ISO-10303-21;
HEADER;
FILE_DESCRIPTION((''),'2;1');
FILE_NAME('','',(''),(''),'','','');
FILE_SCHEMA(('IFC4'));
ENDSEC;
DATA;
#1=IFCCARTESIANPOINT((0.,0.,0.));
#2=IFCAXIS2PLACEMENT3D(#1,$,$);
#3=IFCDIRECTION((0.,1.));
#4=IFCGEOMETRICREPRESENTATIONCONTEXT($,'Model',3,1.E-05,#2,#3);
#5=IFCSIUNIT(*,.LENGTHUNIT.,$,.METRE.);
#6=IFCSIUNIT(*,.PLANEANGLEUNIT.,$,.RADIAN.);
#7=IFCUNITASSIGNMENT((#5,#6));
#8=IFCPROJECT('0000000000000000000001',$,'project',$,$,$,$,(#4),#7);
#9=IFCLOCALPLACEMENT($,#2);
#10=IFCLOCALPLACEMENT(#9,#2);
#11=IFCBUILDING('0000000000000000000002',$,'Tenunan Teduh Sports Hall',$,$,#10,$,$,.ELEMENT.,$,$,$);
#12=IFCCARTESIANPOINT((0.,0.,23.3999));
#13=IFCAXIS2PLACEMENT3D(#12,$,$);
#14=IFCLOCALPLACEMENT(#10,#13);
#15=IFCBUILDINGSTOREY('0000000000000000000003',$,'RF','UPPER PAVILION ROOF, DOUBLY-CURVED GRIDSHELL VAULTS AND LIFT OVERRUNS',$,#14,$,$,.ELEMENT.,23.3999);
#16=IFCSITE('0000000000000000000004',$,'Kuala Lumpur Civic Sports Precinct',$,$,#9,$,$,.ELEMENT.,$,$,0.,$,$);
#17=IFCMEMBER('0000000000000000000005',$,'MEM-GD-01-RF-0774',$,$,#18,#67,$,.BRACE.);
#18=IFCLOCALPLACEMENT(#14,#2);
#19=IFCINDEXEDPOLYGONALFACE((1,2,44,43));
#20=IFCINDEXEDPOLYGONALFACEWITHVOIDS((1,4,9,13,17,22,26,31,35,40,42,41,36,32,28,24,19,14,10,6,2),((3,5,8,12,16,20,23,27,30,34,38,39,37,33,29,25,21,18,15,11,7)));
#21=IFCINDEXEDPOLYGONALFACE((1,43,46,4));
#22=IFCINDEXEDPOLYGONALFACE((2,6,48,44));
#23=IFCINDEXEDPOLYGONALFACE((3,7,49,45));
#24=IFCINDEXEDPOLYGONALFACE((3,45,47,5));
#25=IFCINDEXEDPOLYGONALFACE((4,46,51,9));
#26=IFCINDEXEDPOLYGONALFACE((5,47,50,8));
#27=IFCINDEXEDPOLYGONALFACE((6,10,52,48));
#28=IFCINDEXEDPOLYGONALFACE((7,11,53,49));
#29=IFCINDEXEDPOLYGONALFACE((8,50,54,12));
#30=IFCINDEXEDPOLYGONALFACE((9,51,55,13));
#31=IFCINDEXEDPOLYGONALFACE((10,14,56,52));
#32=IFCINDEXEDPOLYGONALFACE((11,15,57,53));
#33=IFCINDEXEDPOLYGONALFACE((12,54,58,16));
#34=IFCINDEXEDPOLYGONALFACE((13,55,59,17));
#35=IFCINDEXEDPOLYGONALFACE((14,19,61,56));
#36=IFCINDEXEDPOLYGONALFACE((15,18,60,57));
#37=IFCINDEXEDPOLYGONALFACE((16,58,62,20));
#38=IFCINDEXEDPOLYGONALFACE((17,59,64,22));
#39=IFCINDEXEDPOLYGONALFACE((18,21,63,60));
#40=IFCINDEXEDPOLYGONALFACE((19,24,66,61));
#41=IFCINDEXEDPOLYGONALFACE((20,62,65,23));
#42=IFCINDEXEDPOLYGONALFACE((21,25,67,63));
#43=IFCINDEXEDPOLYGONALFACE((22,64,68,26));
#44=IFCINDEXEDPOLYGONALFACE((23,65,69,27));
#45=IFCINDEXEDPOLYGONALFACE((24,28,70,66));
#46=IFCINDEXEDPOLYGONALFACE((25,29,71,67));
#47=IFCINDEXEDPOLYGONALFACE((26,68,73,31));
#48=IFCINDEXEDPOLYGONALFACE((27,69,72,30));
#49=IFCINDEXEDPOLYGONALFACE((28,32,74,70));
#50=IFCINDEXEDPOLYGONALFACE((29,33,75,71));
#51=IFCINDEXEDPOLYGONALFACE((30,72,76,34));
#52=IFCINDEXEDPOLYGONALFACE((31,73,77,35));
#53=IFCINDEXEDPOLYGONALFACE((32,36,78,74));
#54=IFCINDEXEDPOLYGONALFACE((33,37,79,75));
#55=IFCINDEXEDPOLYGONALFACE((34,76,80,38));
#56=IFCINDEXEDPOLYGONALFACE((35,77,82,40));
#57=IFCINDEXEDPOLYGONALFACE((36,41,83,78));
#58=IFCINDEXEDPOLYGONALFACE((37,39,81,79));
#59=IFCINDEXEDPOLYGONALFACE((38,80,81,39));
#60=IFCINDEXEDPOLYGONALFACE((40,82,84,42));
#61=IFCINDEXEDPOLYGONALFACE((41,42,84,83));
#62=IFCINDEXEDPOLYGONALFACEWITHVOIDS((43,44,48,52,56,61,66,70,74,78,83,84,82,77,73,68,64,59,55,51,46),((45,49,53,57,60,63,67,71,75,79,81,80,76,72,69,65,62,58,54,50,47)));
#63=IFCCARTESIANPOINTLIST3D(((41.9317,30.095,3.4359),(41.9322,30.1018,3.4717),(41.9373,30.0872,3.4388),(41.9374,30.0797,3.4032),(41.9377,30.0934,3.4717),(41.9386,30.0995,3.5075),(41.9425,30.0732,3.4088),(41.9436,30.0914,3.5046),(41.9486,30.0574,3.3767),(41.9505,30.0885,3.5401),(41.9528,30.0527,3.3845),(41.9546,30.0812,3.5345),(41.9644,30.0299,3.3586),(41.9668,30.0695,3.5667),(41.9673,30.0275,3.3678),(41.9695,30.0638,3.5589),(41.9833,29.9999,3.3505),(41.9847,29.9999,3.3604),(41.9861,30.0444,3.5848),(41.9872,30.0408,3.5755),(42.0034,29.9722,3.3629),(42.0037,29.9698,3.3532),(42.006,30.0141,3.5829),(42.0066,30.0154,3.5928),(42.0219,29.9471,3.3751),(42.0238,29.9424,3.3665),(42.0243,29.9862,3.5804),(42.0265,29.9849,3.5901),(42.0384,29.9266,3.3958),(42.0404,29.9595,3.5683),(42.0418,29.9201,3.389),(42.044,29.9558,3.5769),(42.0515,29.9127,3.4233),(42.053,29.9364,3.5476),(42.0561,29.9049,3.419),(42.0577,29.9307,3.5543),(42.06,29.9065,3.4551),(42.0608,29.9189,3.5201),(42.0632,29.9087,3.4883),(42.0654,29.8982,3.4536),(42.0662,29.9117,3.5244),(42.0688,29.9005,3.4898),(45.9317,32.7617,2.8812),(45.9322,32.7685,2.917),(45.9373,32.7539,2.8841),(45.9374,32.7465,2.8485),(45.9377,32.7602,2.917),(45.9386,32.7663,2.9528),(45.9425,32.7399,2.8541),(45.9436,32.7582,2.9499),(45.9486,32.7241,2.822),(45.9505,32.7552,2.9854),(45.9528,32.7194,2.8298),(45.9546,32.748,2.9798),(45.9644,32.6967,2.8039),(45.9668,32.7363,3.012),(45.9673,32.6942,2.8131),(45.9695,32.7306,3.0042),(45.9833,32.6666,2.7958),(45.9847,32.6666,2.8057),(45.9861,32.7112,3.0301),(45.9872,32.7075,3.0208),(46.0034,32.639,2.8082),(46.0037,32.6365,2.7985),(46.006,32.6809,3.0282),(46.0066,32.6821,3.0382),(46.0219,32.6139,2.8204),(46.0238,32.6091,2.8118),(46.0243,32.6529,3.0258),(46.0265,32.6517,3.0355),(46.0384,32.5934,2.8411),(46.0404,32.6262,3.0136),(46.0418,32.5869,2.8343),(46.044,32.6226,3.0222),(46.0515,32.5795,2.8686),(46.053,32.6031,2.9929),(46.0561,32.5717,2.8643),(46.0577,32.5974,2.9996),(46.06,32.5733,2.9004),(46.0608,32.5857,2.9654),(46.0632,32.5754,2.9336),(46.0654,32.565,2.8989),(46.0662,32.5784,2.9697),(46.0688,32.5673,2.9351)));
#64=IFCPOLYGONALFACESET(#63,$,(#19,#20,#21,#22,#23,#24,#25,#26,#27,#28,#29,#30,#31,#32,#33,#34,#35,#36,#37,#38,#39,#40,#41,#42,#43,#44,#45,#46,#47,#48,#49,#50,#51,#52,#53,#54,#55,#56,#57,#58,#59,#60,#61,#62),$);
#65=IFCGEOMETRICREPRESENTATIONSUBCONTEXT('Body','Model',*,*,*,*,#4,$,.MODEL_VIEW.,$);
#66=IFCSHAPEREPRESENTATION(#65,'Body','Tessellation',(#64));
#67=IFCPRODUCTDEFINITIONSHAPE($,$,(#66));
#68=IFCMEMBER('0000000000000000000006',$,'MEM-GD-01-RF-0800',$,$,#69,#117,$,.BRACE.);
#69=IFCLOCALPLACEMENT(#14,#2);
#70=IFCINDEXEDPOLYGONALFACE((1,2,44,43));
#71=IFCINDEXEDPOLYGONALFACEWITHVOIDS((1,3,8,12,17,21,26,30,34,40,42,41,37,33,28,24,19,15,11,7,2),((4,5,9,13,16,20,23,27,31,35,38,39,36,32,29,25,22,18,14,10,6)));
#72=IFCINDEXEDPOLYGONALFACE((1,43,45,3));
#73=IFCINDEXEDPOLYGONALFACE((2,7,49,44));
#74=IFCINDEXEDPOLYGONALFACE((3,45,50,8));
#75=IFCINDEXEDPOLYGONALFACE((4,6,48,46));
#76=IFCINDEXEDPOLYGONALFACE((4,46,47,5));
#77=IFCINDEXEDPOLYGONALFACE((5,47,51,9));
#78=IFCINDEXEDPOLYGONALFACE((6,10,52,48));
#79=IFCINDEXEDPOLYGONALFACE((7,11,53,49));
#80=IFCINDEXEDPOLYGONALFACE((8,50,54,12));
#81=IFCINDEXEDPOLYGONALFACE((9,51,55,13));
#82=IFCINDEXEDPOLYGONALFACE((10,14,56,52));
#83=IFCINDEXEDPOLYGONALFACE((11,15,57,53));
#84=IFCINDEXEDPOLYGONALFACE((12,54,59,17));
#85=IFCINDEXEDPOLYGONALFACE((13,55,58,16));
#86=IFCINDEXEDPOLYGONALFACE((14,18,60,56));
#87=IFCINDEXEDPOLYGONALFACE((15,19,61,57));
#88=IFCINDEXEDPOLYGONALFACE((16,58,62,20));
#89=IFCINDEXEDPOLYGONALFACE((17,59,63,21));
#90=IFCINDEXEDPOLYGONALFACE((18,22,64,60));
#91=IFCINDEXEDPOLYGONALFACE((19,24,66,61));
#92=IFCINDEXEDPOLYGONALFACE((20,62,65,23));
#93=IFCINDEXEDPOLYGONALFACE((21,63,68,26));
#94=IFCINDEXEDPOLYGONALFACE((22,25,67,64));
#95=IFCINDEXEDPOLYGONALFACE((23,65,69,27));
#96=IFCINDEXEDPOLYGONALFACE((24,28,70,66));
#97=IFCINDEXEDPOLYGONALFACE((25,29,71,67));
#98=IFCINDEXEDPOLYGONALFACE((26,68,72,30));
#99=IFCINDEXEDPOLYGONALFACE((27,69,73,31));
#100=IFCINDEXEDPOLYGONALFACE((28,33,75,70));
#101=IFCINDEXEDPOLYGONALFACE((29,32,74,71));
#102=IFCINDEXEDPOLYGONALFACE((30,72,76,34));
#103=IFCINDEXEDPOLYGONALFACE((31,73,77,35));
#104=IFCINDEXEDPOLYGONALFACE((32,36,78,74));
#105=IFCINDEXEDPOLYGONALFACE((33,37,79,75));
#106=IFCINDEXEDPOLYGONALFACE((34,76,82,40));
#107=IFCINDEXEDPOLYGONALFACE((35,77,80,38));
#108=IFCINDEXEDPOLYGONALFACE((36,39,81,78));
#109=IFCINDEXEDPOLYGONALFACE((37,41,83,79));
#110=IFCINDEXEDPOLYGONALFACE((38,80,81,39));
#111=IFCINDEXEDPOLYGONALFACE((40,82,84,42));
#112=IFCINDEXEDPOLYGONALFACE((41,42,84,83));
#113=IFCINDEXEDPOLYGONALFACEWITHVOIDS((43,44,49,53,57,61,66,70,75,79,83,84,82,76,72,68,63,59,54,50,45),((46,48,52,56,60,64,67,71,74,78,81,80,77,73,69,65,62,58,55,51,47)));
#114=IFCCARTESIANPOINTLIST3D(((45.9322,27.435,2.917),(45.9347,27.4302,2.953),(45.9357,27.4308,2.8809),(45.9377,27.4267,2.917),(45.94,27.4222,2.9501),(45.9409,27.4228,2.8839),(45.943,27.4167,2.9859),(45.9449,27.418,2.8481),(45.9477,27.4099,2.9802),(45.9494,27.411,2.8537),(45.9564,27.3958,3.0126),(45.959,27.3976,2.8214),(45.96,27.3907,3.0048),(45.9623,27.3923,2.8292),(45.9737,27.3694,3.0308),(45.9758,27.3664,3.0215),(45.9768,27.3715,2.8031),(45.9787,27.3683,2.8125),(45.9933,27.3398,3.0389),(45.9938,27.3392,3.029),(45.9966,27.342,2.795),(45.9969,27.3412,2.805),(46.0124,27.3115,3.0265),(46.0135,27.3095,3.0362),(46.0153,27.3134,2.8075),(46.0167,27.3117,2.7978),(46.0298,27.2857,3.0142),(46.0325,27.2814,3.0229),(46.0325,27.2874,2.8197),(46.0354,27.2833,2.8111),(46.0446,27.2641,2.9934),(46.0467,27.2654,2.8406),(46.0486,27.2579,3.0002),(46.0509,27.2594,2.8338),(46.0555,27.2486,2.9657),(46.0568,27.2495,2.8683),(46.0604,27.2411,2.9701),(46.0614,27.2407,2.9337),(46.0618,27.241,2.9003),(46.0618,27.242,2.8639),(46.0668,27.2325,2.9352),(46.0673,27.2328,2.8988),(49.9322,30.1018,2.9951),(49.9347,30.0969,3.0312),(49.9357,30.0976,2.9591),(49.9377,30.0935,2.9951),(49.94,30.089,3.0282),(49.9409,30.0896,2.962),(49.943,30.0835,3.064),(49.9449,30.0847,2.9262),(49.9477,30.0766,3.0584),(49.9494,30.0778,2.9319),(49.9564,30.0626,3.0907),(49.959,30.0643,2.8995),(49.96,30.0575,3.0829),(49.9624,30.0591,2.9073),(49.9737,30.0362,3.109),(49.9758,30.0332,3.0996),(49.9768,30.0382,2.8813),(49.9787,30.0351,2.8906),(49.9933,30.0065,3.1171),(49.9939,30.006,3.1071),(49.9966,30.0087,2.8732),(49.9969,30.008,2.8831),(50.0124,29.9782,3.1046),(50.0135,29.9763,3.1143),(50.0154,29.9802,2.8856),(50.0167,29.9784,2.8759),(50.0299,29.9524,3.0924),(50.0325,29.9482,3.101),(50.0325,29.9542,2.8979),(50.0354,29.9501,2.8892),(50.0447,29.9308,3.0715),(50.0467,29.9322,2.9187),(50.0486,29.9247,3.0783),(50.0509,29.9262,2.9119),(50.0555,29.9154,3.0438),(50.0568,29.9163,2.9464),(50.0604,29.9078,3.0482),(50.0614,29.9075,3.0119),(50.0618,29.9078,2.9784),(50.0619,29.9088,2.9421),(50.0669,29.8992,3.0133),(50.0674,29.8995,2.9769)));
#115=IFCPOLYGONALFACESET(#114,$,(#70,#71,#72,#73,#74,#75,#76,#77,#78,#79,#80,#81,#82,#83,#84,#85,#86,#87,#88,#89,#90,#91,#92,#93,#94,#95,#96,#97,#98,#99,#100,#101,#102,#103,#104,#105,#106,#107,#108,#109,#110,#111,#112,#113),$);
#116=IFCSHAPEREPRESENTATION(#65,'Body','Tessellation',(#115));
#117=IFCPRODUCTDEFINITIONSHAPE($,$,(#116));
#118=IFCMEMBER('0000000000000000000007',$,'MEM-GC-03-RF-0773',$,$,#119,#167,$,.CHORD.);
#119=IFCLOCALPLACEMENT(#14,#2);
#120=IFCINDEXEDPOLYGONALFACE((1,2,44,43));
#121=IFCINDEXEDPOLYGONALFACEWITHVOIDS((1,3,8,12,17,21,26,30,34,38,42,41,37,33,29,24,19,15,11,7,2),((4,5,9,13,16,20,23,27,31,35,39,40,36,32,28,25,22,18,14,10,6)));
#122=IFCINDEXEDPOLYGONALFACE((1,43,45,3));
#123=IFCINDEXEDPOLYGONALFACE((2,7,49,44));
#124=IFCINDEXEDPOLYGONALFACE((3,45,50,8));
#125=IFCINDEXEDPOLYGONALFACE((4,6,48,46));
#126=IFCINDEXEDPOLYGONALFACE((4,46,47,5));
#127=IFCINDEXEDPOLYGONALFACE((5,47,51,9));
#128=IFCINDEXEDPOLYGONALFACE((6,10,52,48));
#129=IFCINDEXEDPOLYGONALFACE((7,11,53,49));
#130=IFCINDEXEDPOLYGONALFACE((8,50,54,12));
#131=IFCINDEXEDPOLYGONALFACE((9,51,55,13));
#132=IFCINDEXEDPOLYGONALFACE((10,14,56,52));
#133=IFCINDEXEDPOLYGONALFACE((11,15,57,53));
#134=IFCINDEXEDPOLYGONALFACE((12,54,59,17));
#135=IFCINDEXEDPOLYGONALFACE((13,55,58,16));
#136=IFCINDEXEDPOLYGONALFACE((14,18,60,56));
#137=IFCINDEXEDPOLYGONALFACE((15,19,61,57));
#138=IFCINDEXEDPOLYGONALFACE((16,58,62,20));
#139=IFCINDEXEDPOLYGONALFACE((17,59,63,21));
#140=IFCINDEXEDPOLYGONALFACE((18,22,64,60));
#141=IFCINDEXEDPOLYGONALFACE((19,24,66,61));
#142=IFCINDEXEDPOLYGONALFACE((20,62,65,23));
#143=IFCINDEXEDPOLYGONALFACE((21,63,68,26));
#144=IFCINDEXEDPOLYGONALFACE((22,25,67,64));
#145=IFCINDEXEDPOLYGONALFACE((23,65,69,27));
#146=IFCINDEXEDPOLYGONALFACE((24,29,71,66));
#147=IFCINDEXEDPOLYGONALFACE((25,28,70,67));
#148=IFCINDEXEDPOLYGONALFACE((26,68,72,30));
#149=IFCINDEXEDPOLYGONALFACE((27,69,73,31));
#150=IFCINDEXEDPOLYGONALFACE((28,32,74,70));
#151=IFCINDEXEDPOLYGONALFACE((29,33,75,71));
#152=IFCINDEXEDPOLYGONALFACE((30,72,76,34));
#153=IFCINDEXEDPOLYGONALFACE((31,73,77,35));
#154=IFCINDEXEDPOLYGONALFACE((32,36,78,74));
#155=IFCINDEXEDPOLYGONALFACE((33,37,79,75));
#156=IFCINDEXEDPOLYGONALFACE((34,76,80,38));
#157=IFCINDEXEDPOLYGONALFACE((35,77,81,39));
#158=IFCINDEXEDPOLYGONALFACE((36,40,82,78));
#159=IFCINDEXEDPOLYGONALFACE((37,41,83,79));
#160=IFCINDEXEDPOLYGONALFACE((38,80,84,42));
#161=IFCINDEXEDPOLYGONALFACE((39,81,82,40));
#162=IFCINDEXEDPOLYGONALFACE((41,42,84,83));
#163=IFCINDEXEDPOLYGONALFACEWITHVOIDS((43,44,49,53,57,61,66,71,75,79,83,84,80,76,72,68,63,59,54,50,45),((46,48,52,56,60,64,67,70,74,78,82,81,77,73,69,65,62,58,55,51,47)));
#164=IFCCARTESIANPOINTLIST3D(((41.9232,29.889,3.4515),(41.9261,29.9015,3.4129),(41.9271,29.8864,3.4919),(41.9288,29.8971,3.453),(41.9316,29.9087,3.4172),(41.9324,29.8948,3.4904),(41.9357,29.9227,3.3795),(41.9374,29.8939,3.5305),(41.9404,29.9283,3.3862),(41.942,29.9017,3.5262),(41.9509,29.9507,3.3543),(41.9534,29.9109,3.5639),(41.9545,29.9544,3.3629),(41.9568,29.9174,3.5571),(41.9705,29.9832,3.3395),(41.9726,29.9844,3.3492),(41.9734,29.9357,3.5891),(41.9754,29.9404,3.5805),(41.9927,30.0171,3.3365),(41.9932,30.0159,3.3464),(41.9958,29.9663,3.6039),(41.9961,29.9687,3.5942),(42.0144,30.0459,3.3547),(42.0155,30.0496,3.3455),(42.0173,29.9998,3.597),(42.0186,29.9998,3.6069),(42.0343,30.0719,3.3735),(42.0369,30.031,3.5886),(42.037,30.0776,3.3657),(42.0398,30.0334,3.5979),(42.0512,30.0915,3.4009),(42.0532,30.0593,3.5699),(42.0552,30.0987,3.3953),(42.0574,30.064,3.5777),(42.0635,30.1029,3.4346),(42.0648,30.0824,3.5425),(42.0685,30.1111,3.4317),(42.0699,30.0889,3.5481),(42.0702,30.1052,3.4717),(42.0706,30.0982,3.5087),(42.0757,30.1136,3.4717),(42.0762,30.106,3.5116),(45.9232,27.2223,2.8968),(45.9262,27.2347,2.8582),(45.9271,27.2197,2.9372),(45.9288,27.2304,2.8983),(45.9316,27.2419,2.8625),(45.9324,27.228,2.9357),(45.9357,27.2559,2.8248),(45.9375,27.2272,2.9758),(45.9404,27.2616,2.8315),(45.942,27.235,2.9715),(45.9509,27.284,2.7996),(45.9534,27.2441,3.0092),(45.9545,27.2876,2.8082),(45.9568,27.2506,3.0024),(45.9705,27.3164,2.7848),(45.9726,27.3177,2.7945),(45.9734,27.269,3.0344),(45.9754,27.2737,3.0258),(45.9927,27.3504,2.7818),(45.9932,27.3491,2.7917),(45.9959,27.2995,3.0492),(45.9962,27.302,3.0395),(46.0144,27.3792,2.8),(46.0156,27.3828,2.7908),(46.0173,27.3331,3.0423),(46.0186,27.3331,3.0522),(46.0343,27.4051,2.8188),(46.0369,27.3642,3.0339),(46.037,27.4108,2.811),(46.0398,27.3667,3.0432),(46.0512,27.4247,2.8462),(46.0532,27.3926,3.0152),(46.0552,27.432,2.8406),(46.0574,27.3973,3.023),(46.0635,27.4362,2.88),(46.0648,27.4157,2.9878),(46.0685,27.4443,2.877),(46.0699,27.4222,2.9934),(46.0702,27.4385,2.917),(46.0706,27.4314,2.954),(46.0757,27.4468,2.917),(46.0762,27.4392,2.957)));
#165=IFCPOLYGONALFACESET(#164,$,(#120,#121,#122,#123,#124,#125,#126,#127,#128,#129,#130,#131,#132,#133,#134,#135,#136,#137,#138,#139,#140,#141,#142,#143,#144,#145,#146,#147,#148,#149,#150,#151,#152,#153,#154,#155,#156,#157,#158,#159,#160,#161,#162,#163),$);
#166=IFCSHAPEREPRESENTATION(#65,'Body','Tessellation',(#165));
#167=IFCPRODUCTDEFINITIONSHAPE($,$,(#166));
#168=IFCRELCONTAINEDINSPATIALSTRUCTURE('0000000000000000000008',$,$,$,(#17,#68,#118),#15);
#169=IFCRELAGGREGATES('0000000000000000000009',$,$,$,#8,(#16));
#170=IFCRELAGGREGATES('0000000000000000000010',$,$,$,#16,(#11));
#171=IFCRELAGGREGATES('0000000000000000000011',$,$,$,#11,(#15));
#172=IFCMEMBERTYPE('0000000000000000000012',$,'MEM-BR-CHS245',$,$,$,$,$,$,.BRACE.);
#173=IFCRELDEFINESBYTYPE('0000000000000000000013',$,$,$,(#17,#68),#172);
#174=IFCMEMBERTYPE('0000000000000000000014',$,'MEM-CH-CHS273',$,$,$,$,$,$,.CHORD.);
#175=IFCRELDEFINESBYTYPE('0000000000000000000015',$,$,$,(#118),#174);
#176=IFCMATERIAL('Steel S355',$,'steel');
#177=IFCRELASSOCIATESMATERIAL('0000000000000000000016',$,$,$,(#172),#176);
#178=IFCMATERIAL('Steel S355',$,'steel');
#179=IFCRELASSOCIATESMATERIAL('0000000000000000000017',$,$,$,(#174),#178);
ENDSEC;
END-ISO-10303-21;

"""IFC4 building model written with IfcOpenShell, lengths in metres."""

from ifc_helpers import new_model, si_unit, direction, frame, origin, origin_2d, place, context, subcontext, project, spatial, hollow_circle, extrude, material, material_profile, profile_set, type_object, element, save


model = new_model("IFC4")

# Units and contexts
model_context = context("Model", 3, precision=1e-05, world=origin(), true_north=direction((0.0, 1.0)))
body_context = subcontext(model_context, "Body", "Model", "MODEL_VIEW")
ifc_project = project(units=[si_unit("LENGTHUNIT", "METRE"), si_unit("PLANEANGLEUNIT", "RADIAN")], contexts=[model_context])

# Site, building, storey
site_placement = place(None, origin())
site = spatial("IfcSite", under=ifc_project, at=site_placement, Name="Kuala Lumpur Civic Sports Precinct", CompositionType="ELEMENT", RefElevation=0.0)
building_placement = place(site_placement, origin())
building = spatial("IfcBuilding", under=site, at=building_placement, Name="Tenunan Teduh Sports Hall", CompositionType="ELEMENT")
storey_placement = place(building_placement, frame((0.0, 0.0, 23.3999)))
storey = spatial("IfcBuildingStorey", under=building, at=storey_placement, Name="RF", Description="UPPER PAVILION ROOF, DOUBLY-CURVED GRIDSHELL VAULTS AND LIFT OVERRUNS", CompositionType="ELEMENT", Elevation=23.3999)

# Members
ifc_material_1 = material(Name="Steel S355", Category="steel")
ifc_material_profile_1 = material_profile(ifc_material_1, hollow_circle(Radius=0.1223, WallThickness=0.01, at=origin_2d()), Name="CHS 244.5x10.0")
ifc_profile_set_1 = profile_set([ifc_material_profile_1], Name="Steel S355")
member_type_1 = type_object("IfcMemberType", Name="MEM-BR-CHS245", PredefinedType="BRACE", material=ifc_profile_set_1)
member_1_placement = place(storey_placement, frame((42.0, 30.0, 3.4717), z_axis=(0.826559, 0.551056, -0.11462), x_axis=(-0.554712, 0.832042, 0.0)))
element("IfcMember", 1, at=member_1_placement, inside=storey, type_object=member_type_1, Name="MEM-GD-01-RF-0774", PredefinedType="BRACE", context=body_context, shape_type="SweptSolid", body=[
    extrude(hollow_circle(Radius=0.1223, WallThickness=0.01, at=origin_2d()), origin(), (0.0, 0.0, 1.0), 4.8394),
])
member_2_placement = place(storey_placement, frame((46.0, 27.3333, 2.917), z_axis=(0.831933, 0.554639, 0.016249), x_axis=(-0.554712, 0.832042, 0.0)))
element("IfcMember", 2, at=member_2_placement, inside=storey, type_object=member_type_1, Name="MEM-GD-01-RF-0800", PredefinedType="BRACE", context=body_context, shape_type="SweptSolid", body=[
    extrude(hollow_circle(Radius=0.1223, WallThickness=0.01, at=origin_2d()), origin(), (0.0, 0.0, 1.0), 4.8081),
])
ifc_material_2 = material(Name="Steel S355", Category="steel")
ifc_material_profile_2 = material_profile(ifc_material_2, hollow_circle(Radius=0.1365, WallThickness=0.01, at=origin_2d()), Name="CHS 273.0x10.0")
ifc_profile_set_2 = profile_set([ifc_material_profile_2], Name="Steel S355")
member_type_2 = type_object("IfcMemberType", Name="MEM-CH-CHS273", PredefinedType="CHORD", material=ifc_profile_set_2)
member_3_placement = place(storey_placement, frame((42.0, 30.0, 3.4717), z_axis=(0.826559, -0.551056, -0.11462), x_axis=(0.554712, 0.832042, 0.0)))
element("IfcMember", 3, at=member_3_placement, inside=storey, type_object=member_type_2, Name="MEM-GC-03-RF-0773", PredefinedType="CHORD", context=body_context, shape_type="SweptSolid", body=[
    extrude(hollow_circle(Radius=0.1365, WallThickness=0.01, at=origin_2d()), origin(), (0.0, 0.0, 1.0), 4.8394),
])

save(model, "model.ifc")
